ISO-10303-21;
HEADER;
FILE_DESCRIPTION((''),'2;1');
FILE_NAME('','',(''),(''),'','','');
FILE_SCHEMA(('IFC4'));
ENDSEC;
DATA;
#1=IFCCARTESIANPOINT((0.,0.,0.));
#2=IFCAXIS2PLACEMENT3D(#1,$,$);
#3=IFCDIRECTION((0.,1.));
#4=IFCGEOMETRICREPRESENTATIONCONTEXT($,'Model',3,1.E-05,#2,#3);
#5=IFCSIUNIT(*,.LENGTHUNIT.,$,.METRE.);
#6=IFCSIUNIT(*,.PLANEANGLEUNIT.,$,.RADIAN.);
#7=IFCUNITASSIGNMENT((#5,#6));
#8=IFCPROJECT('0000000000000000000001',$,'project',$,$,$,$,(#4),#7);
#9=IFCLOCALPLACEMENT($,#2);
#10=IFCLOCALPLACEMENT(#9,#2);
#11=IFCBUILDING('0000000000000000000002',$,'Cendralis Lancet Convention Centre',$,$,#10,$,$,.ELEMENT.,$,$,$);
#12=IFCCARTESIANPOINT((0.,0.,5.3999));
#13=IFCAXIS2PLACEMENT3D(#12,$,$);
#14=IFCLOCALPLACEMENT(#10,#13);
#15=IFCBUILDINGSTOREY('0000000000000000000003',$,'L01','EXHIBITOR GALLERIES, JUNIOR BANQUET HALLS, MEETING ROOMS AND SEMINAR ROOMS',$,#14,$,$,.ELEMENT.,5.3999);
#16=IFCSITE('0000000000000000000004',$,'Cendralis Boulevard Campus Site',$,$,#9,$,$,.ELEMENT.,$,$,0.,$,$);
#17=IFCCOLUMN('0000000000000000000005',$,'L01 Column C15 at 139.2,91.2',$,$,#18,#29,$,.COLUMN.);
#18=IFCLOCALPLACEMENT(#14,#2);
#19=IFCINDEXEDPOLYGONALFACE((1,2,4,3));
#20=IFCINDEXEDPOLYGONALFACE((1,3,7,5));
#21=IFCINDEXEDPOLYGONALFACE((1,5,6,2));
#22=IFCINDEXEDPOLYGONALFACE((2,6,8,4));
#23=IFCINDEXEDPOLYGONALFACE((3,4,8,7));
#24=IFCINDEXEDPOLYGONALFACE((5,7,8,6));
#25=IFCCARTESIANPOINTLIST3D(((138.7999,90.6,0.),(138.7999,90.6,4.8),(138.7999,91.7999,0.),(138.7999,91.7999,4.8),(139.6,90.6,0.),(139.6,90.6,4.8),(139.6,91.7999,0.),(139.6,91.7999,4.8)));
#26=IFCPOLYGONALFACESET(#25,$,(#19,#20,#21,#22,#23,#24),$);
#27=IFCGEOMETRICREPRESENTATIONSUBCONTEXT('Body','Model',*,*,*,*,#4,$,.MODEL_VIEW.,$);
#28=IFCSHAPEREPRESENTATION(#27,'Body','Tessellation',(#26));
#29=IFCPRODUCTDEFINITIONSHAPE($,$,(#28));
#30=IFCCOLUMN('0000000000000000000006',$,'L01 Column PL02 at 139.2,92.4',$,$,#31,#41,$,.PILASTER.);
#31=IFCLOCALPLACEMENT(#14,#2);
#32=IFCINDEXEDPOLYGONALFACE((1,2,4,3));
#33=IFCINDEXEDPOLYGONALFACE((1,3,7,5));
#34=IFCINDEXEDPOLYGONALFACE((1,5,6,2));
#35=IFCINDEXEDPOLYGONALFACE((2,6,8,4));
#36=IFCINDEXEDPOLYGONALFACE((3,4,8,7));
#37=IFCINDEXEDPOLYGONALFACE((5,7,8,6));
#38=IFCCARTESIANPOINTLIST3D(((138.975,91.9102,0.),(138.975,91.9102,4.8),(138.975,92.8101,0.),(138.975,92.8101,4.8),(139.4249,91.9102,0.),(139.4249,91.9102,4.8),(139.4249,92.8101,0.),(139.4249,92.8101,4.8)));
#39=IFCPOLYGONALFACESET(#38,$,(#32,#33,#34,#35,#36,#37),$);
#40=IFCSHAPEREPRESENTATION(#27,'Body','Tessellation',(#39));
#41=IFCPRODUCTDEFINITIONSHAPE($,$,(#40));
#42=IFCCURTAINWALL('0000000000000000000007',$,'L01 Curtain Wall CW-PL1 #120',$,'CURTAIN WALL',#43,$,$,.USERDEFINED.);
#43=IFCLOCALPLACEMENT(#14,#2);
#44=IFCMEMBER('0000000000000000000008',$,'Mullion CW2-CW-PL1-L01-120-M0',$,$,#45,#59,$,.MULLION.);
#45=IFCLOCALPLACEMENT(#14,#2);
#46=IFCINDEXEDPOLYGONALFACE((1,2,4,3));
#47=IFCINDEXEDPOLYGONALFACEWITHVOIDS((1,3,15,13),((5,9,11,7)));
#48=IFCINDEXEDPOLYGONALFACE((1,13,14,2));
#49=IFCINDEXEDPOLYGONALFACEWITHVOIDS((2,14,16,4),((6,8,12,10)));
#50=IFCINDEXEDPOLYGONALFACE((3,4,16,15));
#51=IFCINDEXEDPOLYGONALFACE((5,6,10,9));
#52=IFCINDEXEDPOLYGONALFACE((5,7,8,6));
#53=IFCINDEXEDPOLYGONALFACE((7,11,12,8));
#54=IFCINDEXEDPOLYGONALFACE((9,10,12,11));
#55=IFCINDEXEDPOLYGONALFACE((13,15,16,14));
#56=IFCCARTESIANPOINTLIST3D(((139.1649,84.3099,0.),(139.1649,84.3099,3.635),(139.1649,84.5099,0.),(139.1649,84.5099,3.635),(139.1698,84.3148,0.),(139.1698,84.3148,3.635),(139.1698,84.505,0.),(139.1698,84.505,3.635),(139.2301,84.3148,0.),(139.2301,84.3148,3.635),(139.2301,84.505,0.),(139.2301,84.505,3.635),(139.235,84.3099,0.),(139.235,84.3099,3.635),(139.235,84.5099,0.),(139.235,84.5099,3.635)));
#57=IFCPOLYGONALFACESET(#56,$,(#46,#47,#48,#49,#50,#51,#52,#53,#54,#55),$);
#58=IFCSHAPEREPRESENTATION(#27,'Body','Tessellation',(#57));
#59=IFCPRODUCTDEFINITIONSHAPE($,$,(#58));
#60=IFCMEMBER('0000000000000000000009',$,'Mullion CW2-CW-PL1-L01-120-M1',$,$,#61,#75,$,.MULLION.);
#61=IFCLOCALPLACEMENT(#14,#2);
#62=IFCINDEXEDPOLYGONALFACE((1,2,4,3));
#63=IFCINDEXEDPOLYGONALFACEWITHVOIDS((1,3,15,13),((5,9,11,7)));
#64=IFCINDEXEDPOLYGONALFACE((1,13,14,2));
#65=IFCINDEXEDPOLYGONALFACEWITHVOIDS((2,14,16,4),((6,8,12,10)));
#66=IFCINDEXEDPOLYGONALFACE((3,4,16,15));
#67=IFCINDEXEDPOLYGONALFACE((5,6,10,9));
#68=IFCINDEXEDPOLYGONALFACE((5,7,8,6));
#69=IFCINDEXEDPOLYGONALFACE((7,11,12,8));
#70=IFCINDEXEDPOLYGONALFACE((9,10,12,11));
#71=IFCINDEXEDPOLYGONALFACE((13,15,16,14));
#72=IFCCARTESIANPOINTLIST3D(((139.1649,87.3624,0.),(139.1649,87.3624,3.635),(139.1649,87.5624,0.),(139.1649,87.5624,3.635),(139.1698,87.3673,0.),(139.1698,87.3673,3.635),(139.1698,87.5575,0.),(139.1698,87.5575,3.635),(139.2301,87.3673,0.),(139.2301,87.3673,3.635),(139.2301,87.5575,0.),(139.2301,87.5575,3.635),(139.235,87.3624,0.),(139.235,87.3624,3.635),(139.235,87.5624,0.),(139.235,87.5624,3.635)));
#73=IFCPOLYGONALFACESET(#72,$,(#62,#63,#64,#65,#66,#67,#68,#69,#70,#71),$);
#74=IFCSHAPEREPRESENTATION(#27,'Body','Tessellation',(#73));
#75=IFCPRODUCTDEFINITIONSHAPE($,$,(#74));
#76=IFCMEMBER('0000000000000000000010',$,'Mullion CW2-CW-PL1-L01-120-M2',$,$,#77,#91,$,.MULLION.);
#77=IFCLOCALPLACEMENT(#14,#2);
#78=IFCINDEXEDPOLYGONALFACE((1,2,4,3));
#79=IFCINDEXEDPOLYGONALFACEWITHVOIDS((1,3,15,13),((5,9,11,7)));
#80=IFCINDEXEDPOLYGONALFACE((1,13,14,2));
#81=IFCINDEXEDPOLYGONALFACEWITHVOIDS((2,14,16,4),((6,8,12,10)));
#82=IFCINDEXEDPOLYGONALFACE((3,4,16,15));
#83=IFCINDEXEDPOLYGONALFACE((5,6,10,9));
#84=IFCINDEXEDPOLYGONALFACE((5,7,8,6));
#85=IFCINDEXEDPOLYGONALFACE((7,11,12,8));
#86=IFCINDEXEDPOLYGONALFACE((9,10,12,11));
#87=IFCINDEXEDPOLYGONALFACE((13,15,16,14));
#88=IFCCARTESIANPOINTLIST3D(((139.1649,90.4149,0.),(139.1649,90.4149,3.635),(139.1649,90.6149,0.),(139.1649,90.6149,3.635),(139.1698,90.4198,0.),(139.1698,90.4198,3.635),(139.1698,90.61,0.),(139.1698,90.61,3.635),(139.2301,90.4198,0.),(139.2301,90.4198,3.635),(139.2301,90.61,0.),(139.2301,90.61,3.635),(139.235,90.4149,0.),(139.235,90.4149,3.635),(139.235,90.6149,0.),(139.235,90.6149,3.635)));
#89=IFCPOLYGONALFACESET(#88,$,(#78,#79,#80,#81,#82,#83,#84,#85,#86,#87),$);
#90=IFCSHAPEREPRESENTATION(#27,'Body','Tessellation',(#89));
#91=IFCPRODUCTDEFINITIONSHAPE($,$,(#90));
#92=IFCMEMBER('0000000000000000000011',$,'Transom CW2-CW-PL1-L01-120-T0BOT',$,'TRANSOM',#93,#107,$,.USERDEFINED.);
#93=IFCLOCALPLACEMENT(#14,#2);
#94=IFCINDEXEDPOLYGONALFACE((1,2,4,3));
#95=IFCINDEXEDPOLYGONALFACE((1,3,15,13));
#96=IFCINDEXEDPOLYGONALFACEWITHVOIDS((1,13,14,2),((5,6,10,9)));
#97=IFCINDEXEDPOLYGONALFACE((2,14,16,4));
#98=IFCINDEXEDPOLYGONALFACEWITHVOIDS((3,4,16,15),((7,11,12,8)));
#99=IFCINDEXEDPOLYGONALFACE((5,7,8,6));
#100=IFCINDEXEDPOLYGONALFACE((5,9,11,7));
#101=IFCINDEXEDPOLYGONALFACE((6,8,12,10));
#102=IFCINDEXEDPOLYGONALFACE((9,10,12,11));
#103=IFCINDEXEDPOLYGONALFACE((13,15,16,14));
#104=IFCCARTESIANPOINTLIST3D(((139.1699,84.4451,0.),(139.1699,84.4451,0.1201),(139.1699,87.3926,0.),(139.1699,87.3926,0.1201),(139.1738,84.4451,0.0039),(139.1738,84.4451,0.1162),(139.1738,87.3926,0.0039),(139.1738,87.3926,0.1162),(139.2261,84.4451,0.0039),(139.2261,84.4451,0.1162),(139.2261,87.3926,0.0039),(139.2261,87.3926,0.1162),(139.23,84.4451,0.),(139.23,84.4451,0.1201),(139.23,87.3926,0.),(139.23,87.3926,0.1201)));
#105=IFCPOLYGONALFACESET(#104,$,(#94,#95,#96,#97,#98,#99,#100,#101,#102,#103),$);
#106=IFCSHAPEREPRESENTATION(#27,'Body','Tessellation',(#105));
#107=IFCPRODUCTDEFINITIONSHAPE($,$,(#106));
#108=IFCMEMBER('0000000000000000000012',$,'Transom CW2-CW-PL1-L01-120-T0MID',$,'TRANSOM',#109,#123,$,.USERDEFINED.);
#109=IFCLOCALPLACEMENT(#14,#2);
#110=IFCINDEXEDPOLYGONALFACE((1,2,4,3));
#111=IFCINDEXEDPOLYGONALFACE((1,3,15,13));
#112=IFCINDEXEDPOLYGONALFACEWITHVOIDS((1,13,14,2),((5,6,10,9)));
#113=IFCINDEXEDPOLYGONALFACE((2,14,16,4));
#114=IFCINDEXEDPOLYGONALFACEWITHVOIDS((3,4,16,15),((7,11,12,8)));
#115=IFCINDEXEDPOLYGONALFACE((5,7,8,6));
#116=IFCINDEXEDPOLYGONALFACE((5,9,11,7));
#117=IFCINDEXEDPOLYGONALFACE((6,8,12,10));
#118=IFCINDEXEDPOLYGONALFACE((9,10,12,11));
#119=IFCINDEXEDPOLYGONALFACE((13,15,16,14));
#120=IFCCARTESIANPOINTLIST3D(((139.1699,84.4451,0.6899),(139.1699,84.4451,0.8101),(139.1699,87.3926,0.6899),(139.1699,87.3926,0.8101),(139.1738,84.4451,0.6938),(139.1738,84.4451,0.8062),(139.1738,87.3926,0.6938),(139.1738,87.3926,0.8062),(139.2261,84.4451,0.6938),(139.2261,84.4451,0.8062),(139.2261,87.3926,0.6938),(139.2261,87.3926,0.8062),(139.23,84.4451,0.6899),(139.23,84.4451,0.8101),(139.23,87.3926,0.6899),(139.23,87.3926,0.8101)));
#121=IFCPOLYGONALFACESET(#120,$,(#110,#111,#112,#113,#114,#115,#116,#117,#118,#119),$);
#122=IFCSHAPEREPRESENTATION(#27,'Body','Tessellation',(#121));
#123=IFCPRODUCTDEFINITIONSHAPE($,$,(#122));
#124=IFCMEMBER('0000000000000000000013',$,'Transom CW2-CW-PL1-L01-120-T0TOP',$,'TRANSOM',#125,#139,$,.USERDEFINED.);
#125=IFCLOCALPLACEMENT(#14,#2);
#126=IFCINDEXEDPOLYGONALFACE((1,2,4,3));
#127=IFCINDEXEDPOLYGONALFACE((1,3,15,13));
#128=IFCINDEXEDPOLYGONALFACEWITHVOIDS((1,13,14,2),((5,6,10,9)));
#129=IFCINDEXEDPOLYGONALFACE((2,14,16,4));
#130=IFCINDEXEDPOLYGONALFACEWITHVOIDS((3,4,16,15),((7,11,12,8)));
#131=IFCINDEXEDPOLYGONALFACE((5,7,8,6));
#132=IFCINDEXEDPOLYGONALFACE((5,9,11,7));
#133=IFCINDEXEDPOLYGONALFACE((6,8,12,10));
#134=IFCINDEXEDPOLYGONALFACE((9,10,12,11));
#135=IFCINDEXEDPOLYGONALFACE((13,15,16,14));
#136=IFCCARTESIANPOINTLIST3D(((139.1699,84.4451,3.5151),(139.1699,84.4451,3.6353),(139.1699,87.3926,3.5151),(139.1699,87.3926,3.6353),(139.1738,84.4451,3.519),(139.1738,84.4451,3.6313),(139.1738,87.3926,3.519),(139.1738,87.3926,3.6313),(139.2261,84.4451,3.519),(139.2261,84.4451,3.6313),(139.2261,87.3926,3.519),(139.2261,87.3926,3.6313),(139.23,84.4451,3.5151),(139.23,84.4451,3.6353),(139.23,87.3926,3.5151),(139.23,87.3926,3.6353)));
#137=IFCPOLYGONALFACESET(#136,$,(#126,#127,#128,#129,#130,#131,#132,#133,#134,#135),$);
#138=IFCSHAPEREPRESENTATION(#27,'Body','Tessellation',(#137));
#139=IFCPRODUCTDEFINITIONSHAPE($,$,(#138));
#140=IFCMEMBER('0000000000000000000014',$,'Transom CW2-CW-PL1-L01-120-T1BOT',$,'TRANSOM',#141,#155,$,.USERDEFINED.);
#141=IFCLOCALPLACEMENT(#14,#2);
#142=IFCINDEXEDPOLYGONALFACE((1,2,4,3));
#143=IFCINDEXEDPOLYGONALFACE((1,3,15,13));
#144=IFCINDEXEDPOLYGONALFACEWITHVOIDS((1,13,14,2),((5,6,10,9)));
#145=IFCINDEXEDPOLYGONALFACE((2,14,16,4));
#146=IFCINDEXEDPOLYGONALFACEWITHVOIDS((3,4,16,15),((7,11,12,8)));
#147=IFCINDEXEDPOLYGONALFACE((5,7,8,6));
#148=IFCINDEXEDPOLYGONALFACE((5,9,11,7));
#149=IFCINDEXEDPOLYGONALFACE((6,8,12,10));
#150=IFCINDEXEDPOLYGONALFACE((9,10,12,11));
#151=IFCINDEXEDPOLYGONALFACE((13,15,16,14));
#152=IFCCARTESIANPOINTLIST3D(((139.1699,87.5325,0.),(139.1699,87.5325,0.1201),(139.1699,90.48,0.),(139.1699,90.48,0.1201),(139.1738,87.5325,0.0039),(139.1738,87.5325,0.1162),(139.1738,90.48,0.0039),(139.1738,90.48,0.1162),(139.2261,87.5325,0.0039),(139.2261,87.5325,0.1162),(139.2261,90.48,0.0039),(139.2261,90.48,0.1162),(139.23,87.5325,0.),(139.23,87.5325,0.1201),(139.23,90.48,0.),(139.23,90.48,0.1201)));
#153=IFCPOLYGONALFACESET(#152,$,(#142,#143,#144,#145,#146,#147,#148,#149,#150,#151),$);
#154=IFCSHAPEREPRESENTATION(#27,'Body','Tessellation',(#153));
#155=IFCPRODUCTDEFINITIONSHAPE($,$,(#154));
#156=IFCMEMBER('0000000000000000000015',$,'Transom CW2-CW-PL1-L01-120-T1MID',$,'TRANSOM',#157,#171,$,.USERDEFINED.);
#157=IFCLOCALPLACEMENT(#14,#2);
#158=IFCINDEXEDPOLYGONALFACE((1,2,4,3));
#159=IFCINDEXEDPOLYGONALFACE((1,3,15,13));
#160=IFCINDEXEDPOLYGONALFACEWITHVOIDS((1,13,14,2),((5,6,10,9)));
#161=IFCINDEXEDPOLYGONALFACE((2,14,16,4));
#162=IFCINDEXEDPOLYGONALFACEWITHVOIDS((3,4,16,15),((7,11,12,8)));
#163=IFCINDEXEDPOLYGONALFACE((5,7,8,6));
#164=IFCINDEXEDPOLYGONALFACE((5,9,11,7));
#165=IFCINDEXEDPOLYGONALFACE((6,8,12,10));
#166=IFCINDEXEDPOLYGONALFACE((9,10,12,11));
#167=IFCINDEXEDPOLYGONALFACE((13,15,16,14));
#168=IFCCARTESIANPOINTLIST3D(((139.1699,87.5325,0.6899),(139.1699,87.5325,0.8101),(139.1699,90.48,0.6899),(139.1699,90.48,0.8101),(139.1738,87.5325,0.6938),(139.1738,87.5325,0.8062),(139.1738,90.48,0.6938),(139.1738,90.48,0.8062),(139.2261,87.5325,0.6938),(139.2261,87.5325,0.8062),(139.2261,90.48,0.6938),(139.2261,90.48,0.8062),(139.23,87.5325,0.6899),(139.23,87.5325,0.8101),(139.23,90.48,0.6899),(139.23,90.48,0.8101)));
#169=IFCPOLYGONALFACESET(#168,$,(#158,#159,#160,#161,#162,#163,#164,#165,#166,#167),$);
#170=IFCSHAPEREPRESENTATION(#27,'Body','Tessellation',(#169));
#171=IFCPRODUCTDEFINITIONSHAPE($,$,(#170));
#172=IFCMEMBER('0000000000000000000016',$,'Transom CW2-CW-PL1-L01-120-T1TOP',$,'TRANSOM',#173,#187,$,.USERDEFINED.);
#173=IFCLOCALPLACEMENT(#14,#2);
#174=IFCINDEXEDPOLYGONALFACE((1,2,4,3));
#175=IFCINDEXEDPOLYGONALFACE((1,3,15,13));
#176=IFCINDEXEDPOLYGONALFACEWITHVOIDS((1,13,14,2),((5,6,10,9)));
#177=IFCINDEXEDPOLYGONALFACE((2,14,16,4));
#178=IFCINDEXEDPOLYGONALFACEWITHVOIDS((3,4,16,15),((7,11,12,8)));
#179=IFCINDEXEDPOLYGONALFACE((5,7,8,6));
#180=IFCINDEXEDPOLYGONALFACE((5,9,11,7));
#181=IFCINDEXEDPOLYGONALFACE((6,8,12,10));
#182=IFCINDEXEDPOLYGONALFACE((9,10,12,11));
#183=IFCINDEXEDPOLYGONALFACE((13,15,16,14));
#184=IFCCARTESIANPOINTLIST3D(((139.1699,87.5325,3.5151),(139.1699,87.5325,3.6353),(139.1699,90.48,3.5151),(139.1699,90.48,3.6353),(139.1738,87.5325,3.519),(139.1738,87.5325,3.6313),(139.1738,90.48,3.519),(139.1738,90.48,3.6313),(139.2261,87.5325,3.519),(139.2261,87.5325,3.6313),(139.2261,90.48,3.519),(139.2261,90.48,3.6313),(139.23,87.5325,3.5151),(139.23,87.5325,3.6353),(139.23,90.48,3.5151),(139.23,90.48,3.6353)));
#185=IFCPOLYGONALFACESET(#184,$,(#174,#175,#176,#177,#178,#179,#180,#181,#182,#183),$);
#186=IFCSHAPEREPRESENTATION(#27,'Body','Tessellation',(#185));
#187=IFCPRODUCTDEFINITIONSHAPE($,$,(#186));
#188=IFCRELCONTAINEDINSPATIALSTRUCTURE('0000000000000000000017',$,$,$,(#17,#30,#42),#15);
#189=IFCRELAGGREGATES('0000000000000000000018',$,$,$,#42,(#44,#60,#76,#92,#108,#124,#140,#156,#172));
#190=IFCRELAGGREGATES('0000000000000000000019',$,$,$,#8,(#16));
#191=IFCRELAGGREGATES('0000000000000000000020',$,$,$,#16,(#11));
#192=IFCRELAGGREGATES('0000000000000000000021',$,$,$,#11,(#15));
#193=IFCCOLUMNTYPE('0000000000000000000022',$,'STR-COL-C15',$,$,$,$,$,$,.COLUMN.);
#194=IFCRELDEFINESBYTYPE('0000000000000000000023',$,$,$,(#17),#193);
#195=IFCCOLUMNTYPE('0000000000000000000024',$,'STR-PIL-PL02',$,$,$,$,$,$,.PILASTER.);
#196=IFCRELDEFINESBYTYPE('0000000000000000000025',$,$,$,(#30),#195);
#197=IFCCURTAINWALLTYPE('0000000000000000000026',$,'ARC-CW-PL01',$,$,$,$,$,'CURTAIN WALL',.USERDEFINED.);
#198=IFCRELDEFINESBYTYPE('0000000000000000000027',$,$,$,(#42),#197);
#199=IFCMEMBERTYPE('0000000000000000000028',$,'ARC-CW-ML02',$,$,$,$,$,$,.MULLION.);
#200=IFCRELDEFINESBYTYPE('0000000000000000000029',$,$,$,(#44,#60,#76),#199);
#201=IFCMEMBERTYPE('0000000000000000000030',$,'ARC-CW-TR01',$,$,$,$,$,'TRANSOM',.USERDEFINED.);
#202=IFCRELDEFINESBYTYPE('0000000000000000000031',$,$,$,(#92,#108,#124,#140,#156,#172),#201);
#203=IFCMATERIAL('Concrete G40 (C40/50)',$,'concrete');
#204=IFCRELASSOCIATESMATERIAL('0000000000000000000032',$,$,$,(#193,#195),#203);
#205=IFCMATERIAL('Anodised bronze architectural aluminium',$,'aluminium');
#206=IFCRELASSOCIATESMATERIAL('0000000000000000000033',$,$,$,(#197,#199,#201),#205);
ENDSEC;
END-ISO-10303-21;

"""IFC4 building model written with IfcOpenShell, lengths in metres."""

from ifc_helpers import new_model, si_unit, direction, frame, origin, origin_2d, place, context, subcontext, project, spatial, rectangle, hollow_rectangle, extrude, material, material_profile, profile_set, type_object, element, aggregate, save


model = new_model("IFC4")

# Units and contexts
model_context = context("Model", 3, precision=1e-05, world=origin(), true_north=direction((0.0, 1.0)))
body_context = subcontext(model_context, "Body", "Model", "MODEL_VIEW")
ifc_project = project(units=[si_unit("LENGTHUNIT", "METRE"), si_unit("PLANEANGLEUNIT", "RADIAN")], contexts=[model_context])

# Site, building, storey
site_placement = place(None, origin())
site = spatial("IfcSite", under=ifc_project, at=site_placement, Name="Cendralis Boulevard Campus Site", CompositionType="ELEMENT", RefElevation=0.0)
building_placement = place(site_placement, origin())
building = spatial("IfcBuilding", under=site, at=building_placement, Name="Cendralis Lancet Convention Centre", CompositionType="ELEMENT")
storey_placement = place(building_placement, frame((0.0, 0.0, 5.3999)))
storey = spatial("IfcBuildingStorey", under=building, at=storey_placement, Name="L01", Description="EXHIBITOR GALLERIES, JUNIOR BANQUET HALLS, MEETING ROOMS AND SEMINAR ROOMS", CompositionType="ELEMENT", Elevation=5.3999)

# Columns
ifc_material_1 = material(Name="Concrete G40 (C40/50)", Category="concrete")
ifc_material_profile_1 = material_profile(ifc_material_1, rectangle(XDim=0.8, YDim=1.2, at=origin_2d()), Name="RC 800x1200")
ifc_profile_set_1 = profile_set([ifc_material_profile_1], Name="Concrete G40 (C40/50)")
column_type_1 = type_object("IfcColumnType", Name="STR-COL-C15", PredefinedType="COLUMN", material=ifc_profile_set_1)
column_1_placement = place(storey_placement, frame((139.2, 91.2, 0.0), z_axis=(0.0, 0.0, 1.0), x_axis=(1.0, 0.0, 0.0)))
element("IfcColumn", 1, at=column_1_placement, inside=storey, type_object=column_type_1, Name="L01 Column C15 at 139.2,91.2", PredefinedType="COLUMN", context=body_context, shape_type="SweptSolid", body=[
    extrude(rectangle(XDim=0.8, YDim=1.2, at=origin_2d()), origin(), (0.0, 0.0, 1.0), 4.8),
])
ifc_material_profile_2 = material_profile(ifc_material_1, rectangle(XDim=0.45, YDim=0.8999, at=origin_2d()), Name="RC 450x900")
ifc_profile_set_2 = profile_set([ifc_material_profile_2], Name="Concrete G40 (C40/50)")
column_type_2 = type_object("IfcColumnType", Name="STR-PIL-PL02", PredefinedType="PILASTER", material=ifc_profile_set_2)
column_2_placement = place(storey_placement, frame((139.2, 92.3601, 0.0), z_axis=(0.0, 0.0, 1.0), x_axis=(1.0, 0.0, 0.0)))
element("IfcColumn", 2, at=column_2_placement, inside=storey, type_object=column_type_2, Name="L01 Column PL02 at 139.2,92.4", PredefinedType="PILASTER", context=body_context, shape_type="SweptSolid", body=[
    extrude(rectangle(XDim=0.45, YDim=0.8999, at=origin_2d()), origin(), (0.0, 0.0, 1.0), 4.8),
])

# Curtain wall, members
ifc_material_2 = material(Name="Anodised bronze architectural aluminium", Category="aluminium")
curtain_wall_type = type_object("IfcCurtainWallType", Name="ARC-CW-PL01", ElementType="CURTAIN WALL", PredefinedType="USERDEFINED", material=ifc_material_2)
curtain_wall_placement = place(storey_placement, origin())
curtain_wall = element("IfcCurtainWall", 3, at=curtain_wall_placement, inside=storey, type_object=curtain_wall_type, Name="L01 Curtain Wall CW-PL1 #120", ObjectType="CURTAIN WALL", PredefinedType="USERDEFINED")
ifc_material_profile_3 = material_profile(ifc_material_2, hollow_rectangle(XDim=0.0701, YDim=0.2, WallThickness=0.0049, at=origin_2d()), Name="AL-MULL 70x200x5.0")
ifc_profile_set_3 = profile_set([ifc_material_profile_3], Name="Anodised bronze architectural aluminium")
member_type_1 = type_object("IfcMemberType", Name="ARC-CW-ML02", PredefinedType="MULLION", material=ifc_profile_set_3)
member_1_placement = place(storey_placement, frame((139.2, 84.4099, 0.0), z_axis=(0.0, 0.0, 1.0), x_axis=(1.0, 0.0, 0.0)))
member_1 = element("IfcMember", 4, at=member_1_placement, type_object=member_type_1, Name="Mullion CW2-CW-PL1-L01-120-M0", PredefinedType="MULLION", context=body_context, shape_type="SweptSolid", body=[
    extrude(hollow_rectangle(XDim=0.0701, YDim=0.2, WallThickness=0.0049, at=origin_2d()), origin(), (0.0, 0.0, 1.0), 3.635),
])
member_2_placement = place(storey_placement, frame((139.2, 87.4624, 0.0), z_axis=(0.0, 0.0, 1.0), x_axis=(1.0, 0.0, 0.0)))
member_2 = element("IfcMember", 5, at=member_2_placement, type_object=member_type_1, Name="Mullion CW2-CW-PL1-L01-120-M1", PredefinedType="MULLION", context=body_context, shape_type="SweptSolid", body=[
    extrude(hollow_rectangle(XDim=0.0701, YDim=0.2, WallThickness=0.0049, at=origin_2d()), origin(), (0.0, 0.0, 1.0), 3.635),
])
member_3_placement = place(storey_placement, frame((139.2, 90.5149, 0.0), z_axis=(0.0, 0.0, 1.0), x_axis=(1.0, 0.0, 0.0)))
member_3 = element("IfcMember", 6, at=member_3_placement, type_object=member_type_1, Name="Mullion CW2-CW-PL1-L01-120-M2", PredefinedType="MULLION", context=body_context, shape_type="SweptSolid", body=[
    extrude(hollow_rectangle(XDim=0.0701, YDim=0.2, WallThickness=0.0049, at=origin_2d()), origin(), (0.0, 0.0, 1.0), 3.635),
])
ifc_material_profile_4 = material_profile(ifc_material_2, hollow_rectangle(XDim=0.0601, YDim=0.1201, WallThickness=0.0039, at=origin_2d()), Name="AL-TRAN 60x120x4.0")
ifc_profile_set_4 = profile_set([ifc_material_profile_4], Name="Anodised bronze architectural aluminium")
member_type_2 = type_object("IfcMemberType", Name="ARC-CW-TR01", ElementType="TRANSOM", PredefinedType="USERDEFINED", material=ifc_profile_set_4)
member_4_placement = place(storey_placement, frame((139.2, 84.4451, 0.0601), z_axis=(0.0, 1.0, 0.0), x_axis=(-1.0, 0.0, 0.0)))
member_4 = element("IfcMember", 7, at=member_4_placement, type_object=member_type_2, Name="Transom CW2-CW-PL1-L01-120-T0BOT", ObjectType="TRANSOM", PredefinedType="USERDEFINED", context=body_context, shape_type="SweptSolid", body=[
    extrude(hollow_rectangle(XDim=0.0601, YDim=0.1201, WallThickness=0.0039, at=origin_2d()), origin(), (0.0, 0.0, 1.0), 2.9475),
])
member_5_placement = place(storey_placement, frame((139.2, 84.4451, 0.75), z_axis=(0.0, 1.0, 0.0), x_axis=(-1.0, 0.0, 0.0)))
member_5 = element("IfcMember", 8, at=member_5_placement, type_object=member_type_2, Name="Transom CW2-CW-PL1-L01-120-T0MID", ObjectType="TRANSOM", PredefinedType="USERDEFINED", context=body_context, shape_type="SweptSolid", body=[
    extrude(hollow_rectangle(XDim=0.0601, YDim=0.1201, WallThickness=0.0039, at=origin_2d()), origin(), (0.0, 0.0, 1.0), 2.9475),
])
member_6_placement = place(storey_placement, frame((139.2, 84.4451, 3.5752), z_axis=(0.0, 1.0, 0.0), x_axis=(-1.0, 0.0, 0.0)))
member_6 = element("IfcMember", 9, at=member_6_placement, type_object=member_type_2, Name="Transom CW2-CW-PL1-L01-120-T0TOP", ObjectType="TRANSOM", PredefinedType="USERDEFINED", context=body_context, shape_type="SweptSolid", body=[
    extrude(hollow_rectangle(XDim=0.0601, YDim=0.1201, WallThickness=0.0039, at=origin_2d()), origin(), (0.0, 0.0, 1.0), 2.9475),
])
member_7_placement = place(storey_placement, frame((139.2, 87.5325, 0.0601), z_axis=(0.0, 1.0, 0.0), x_axis=(-1.0, 0.0, 0.0)))
member_7 = element("IfcMember", 10, at=member_7_placement, type_object=member_type_2, Name="Transom CW2-CW-PL1-L01-120-T1BOT", ObjectType="TRANSOM", PredefinedType="USERDEFINED", context=body_context, shape_type="SweptSolid", body=[
    extrude(hollow_rectangle(XDim=0.0601, YDim=0.1201, WallThickness=0.0039, at=origin_2d()), origin(), (0.0, 0.0, 1.0), 2.9475),
])
member_8_placement = place(storey_placement, frame((139.2, 87.5325, 0.75), z_axis=(0.0, 1.0, 0.0), x_axis=(-1.0, 0.0, 0.0)))
member_8 = element("IfcMember", 11, at=member_8_placement, type_object=member_type_2, Name="Transom CW2-CW-PL1-L01-120-T1MID", ObjectType="TRANSOM", PredefinedType="USERDEFINED", context=body_context, shape_type="SweptSolid", body=[
    extrude(hollow_rectangle(XDim=0.0601, YDim=0.1201, WallThickness=0.0039, at=origin_2d()), origin(), (0.0, 0.0, 1.0), 2.9475),
])
member_9_placement = place(storey_placement, frame((139.2, 87.5325, 3.5752), z_axis=(0.0, 1.0, 0.0), x_axis=(-1.0, 0.0, 0.0)))
member_9 = element("IfcMember", 12, at=member_9_placement, type_object=member_type_2, Name="Transom CW2-CW-PL1-L01-120-T1TOP", ObjectType="TRANSOM", PredefinedType="USERDEFINED", context=body_context, shape_type="SweptSolid", body=[
    extrude(hollow_rectangle(XDim=0.0601, YDim=0.1201, WallThickness=0.0039, at=origin_2d()), origin(), (0.0, 0.0, 1.0), 2.9475),
])

aggregate(curtain_wall, [member_1, member_2, member_3, member_4, member_5, member_6, member_7, member_8, member_9])

save(model, "model.ifc")
